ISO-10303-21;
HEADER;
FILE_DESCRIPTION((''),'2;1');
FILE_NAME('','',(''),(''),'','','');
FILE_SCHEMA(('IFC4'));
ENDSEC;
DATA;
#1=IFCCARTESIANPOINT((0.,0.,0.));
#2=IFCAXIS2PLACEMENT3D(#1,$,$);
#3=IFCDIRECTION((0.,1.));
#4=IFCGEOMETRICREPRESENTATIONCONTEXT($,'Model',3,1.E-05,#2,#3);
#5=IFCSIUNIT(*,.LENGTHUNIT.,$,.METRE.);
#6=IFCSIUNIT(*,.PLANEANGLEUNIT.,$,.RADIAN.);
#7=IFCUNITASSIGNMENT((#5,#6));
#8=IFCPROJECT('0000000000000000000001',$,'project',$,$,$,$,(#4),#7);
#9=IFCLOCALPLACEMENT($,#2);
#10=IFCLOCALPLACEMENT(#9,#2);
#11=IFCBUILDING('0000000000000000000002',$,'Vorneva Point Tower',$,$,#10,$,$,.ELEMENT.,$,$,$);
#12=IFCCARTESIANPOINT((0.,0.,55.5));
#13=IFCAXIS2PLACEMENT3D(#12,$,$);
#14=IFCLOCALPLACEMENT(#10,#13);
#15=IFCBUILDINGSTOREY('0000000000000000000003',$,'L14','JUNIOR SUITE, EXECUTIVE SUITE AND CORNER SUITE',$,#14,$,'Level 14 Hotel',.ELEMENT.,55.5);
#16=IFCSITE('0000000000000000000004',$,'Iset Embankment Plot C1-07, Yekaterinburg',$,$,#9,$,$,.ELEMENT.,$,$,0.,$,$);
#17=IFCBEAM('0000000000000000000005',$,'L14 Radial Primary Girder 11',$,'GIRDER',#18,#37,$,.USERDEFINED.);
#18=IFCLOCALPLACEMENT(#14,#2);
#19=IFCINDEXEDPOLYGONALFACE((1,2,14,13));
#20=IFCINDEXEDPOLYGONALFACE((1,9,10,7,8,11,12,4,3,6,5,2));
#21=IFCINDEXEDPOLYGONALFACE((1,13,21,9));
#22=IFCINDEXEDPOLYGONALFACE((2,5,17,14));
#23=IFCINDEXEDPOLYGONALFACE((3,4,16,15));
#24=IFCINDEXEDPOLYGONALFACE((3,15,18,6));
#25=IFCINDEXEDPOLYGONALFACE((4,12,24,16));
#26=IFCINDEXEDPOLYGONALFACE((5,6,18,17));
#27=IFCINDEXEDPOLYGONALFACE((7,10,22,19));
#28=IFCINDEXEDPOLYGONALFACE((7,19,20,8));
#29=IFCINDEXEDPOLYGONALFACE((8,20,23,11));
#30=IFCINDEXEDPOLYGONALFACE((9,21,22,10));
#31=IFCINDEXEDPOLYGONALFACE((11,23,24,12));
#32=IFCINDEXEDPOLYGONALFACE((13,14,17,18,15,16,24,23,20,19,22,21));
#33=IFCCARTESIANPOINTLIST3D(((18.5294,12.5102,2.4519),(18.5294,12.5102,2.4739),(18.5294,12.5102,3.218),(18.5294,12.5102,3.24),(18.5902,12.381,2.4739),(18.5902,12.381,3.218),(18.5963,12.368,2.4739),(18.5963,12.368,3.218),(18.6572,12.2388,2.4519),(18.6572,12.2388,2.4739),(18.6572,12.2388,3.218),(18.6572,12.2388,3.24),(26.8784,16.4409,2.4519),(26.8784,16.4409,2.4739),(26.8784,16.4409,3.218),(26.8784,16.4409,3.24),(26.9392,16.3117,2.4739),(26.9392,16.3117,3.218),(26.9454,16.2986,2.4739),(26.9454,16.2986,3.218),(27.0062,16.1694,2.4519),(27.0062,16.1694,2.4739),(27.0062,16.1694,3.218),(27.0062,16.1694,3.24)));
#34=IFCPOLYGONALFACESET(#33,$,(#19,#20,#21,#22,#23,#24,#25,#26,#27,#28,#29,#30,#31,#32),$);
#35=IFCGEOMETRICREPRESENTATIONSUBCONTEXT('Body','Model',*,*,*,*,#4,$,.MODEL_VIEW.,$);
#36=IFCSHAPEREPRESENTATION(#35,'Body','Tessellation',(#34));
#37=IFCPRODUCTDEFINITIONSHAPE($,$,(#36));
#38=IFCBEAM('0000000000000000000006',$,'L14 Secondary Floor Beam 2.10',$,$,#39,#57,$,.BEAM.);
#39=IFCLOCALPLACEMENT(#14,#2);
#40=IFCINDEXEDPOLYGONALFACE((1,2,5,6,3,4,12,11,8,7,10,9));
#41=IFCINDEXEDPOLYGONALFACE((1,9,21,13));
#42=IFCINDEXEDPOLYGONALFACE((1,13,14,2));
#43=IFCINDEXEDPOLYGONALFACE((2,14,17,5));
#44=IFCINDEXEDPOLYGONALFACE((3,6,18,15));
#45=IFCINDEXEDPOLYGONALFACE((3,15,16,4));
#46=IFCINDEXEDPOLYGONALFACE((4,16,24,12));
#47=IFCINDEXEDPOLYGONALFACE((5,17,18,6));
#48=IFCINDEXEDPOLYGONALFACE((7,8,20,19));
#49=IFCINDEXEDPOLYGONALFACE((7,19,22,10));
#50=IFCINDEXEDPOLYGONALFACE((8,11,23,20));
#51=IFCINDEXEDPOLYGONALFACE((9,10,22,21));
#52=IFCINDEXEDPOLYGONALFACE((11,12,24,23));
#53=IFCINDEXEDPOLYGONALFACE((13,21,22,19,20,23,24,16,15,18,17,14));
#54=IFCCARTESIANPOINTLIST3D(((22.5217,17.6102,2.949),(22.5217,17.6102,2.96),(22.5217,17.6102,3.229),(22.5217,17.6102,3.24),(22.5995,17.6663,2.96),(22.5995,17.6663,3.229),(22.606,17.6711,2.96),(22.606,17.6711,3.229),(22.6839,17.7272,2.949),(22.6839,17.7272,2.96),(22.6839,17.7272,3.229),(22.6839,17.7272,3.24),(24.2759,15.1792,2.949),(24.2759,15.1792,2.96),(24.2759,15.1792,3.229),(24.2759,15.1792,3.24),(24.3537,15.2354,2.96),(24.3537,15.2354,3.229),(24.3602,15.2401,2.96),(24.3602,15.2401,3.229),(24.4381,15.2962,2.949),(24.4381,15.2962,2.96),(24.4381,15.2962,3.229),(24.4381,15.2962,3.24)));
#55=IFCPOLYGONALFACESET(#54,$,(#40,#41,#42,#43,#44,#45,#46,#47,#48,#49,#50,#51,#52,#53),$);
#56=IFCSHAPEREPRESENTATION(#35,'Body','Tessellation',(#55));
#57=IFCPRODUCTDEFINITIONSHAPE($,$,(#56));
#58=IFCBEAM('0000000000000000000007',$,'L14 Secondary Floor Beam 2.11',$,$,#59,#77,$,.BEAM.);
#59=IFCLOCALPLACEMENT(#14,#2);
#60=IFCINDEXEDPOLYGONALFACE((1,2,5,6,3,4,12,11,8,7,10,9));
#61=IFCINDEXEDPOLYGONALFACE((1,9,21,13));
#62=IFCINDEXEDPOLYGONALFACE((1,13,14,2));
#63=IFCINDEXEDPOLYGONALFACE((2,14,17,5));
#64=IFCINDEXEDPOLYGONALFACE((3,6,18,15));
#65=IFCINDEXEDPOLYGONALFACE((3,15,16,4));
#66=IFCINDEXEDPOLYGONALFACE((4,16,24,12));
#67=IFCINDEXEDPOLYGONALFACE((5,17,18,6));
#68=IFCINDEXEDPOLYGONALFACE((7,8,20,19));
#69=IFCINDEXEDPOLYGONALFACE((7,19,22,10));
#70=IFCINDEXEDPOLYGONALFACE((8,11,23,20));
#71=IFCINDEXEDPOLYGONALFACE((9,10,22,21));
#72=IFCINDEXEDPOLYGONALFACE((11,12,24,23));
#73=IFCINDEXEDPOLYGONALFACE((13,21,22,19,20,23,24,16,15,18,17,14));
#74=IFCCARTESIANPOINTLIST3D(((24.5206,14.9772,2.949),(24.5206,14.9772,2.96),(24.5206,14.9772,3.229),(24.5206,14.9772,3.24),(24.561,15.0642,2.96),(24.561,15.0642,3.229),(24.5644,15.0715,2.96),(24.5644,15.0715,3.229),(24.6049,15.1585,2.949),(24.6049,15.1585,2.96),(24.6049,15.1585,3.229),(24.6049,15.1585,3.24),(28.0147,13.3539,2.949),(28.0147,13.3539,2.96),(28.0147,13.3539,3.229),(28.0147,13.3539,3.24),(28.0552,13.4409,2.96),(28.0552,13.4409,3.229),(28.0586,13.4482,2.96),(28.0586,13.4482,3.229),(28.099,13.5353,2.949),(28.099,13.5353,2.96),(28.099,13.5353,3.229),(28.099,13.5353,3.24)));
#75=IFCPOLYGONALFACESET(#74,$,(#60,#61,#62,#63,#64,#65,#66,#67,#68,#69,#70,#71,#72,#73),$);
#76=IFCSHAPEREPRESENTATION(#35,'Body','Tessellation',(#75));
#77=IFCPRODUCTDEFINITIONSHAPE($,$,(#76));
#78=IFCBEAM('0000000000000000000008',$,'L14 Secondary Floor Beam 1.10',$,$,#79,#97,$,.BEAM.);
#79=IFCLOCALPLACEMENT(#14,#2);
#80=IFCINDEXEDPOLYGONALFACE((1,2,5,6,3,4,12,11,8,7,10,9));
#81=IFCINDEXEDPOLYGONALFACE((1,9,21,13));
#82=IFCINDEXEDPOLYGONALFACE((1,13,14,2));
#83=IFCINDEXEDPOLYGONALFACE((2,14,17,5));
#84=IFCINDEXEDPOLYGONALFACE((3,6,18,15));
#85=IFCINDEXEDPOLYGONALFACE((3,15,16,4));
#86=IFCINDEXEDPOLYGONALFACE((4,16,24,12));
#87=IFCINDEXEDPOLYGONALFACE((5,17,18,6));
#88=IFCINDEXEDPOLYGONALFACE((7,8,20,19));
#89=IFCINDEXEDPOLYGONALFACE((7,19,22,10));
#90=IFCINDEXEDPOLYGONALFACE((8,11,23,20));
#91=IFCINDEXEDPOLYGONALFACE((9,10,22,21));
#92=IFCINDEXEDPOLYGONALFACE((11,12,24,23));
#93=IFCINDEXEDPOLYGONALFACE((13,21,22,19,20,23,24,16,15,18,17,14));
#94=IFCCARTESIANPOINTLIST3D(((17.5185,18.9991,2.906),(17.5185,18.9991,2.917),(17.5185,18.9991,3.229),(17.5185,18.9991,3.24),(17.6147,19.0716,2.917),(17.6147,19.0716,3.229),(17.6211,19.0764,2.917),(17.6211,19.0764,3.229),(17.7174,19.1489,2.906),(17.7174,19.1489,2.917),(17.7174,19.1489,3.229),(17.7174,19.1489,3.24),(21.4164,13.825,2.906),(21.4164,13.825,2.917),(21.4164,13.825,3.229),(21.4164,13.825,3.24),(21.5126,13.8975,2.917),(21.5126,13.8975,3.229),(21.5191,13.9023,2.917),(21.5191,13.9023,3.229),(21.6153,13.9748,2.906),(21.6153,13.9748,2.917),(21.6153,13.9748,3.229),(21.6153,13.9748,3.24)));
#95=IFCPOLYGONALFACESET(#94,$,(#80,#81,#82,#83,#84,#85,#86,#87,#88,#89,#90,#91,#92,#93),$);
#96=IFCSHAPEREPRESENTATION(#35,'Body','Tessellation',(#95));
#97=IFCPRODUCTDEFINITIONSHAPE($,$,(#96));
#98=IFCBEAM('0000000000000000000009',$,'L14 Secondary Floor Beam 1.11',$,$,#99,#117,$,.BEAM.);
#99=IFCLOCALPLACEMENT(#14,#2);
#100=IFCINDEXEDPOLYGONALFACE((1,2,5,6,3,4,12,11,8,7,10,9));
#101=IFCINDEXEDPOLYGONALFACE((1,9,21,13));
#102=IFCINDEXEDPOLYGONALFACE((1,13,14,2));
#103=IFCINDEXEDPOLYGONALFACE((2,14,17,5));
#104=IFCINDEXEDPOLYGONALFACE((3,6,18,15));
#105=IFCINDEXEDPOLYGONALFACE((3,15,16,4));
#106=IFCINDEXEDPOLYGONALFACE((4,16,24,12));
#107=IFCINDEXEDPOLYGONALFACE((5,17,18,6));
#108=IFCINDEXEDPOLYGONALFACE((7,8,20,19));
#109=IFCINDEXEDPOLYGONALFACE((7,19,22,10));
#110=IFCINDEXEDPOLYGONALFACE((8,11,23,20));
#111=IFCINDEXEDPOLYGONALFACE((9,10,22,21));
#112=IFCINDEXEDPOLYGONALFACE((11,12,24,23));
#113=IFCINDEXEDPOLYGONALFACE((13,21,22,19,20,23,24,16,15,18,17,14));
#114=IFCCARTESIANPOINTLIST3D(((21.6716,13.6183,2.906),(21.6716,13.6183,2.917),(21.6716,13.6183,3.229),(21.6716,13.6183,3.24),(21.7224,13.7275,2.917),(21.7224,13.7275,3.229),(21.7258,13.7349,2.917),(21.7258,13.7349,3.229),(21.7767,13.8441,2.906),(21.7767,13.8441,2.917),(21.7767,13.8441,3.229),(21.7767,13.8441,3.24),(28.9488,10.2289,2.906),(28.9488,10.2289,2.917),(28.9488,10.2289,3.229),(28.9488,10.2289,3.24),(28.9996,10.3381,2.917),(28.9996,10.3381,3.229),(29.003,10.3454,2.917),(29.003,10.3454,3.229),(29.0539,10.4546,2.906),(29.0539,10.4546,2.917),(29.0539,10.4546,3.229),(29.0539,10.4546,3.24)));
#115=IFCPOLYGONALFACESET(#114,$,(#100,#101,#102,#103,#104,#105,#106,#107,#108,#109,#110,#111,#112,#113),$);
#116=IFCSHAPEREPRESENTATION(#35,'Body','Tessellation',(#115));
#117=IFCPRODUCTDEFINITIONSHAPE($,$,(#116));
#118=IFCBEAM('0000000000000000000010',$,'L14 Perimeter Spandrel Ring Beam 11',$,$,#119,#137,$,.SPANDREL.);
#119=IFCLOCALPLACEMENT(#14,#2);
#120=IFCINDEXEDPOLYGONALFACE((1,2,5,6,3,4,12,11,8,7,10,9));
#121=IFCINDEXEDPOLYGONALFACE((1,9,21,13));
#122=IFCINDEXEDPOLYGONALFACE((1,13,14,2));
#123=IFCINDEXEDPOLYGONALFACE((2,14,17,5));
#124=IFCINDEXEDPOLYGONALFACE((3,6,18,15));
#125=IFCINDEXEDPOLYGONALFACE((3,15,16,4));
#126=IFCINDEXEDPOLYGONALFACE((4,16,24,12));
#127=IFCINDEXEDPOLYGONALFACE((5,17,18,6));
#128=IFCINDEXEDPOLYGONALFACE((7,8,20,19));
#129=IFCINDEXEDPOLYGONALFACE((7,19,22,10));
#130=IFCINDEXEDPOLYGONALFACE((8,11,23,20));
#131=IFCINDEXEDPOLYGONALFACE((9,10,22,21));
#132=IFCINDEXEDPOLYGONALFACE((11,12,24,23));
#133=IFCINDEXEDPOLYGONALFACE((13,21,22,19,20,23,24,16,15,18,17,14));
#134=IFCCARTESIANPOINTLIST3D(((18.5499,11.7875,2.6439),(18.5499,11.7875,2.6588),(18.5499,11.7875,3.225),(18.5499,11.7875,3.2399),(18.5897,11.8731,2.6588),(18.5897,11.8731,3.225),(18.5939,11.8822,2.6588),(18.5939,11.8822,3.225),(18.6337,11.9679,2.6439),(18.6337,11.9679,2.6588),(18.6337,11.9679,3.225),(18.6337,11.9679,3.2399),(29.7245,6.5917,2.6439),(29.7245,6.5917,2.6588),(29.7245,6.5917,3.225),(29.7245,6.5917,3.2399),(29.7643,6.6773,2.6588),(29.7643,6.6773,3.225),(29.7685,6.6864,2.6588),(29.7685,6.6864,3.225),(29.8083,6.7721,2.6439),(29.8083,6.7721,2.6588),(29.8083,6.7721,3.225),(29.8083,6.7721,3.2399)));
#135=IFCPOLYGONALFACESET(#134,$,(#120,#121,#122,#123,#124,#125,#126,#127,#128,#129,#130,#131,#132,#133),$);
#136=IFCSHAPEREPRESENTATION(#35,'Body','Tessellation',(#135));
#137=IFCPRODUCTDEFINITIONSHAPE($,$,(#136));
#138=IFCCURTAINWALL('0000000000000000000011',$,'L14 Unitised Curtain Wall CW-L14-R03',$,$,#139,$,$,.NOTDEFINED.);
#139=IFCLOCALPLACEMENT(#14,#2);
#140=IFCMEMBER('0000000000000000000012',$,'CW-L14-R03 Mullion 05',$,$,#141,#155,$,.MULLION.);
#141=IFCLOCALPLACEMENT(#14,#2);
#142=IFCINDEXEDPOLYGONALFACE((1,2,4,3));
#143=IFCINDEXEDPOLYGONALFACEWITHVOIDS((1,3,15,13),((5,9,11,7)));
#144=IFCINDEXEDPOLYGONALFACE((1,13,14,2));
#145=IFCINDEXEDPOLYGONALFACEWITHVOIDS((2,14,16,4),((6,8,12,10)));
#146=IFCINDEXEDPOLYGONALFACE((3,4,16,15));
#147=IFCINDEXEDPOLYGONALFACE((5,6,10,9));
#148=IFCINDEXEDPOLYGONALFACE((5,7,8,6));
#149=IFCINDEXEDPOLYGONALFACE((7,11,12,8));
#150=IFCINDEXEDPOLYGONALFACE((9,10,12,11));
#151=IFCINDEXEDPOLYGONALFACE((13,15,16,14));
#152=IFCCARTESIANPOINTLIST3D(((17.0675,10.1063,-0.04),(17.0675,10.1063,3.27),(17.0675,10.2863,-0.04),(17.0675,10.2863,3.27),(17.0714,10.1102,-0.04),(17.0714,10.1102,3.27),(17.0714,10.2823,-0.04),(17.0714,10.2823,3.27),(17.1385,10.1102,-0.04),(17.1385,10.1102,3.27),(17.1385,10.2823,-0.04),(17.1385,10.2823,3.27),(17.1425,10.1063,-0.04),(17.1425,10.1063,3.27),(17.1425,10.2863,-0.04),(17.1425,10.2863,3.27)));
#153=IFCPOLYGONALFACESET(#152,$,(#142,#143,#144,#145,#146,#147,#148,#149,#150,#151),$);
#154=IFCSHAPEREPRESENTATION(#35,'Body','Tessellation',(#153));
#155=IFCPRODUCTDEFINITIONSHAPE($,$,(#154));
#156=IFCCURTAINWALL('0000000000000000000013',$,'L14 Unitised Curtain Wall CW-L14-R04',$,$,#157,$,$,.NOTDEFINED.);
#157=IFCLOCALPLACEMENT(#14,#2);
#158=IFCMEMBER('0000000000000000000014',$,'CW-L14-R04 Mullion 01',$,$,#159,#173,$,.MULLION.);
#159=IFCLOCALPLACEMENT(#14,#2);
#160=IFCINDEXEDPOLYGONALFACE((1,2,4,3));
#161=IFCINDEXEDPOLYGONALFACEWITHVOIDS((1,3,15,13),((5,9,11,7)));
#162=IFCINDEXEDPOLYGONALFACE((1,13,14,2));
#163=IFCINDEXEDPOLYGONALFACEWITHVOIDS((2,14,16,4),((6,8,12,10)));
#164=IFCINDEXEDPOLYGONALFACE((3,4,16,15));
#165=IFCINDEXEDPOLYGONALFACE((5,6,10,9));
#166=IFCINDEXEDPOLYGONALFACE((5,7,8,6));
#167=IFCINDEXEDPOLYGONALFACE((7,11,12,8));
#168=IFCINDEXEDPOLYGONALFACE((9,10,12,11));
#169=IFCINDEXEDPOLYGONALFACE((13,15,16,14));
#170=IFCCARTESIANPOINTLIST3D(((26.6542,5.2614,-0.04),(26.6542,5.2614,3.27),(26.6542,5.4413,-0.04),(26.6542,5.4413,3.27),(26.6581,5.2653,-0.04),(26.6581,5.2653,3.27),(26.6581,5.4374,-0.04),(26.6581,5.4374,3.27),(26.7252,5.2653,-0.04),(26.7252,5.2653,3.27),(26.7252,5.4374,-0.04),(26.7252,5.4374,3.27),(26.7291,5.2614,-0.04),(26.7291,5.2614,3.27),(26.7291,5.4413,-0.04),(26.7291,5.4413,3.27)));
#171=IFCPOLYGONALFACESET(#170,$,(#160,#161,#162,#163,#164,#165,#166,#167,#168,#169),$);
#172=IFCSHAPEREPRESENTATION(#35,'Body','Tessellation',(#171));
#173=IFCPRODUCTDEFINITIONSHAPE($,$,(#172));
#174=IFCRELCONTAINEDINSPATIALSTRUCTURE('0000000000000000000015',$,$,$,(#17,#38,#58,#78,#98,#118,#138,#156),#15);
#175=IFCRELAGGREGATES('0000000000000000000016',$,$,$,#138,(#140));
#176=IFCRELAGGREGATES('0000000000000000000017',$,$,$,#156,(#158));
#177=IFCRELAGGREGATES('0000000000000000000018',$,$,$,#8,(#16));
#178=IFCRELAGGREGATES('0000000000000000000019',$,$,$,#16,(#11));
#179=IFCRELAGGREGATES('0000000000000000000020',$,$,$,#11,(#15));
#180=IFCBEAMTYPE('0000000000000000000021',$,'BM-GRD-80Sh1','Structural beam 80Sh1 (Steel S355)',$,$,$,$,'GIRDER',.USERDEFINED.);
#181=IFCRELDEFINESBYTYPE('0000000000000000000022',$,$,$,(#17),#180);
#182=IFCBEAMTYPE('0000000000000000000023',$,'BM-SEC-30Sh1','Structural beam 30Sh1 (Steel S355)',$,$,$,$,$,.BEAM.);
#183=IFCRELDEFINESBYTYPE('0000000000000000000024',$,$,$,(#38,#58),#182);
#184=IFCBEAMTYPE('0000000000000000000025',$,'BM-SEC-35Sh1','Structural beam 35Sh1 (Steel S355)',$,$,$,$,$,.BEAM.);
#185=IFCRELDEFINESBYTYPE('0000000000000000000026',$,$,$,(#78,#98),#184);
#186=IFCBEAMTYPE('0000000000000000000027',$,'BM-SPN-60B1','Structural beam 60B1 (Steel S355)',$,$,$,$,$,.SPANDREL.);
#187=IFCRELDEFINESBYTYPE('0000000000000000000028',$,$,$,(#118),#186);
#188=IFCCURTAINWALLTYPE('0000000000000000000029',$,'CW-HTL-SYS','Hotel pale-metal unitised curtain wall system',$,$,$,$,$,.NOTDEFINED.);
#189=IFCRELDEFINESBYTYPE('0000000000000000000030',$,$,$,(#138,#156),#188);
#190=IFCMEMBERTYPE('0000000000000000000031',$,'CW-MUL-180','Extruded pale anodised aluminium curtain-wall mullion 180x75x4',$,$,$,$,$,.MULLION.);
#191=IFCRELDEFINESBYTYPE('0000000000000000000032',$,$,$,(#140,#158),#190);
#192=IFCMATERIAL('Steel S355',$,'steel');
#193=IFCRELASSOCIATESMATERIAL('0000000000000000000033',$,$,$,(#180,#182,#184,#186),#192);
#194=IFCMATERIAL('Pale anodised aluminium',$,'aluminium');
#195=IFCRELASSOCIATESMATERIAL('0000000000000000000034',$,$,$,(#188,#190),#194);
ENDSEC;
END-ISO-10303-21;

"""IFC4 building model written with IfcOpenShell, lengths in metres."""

from ifc_helpers import new_model, si_unit, direction, frame, origin, origin_2d, place, context, subcontext, project, spatial, hollow_rectangle, i_section, extrude, material, material_profile, profile_set, type_object, element, aggregate, save


model = new_model("IFC4")

# Units and contexts
model_context = context("Model", 3, precision=1e-05, world=origin(), true_north=direction((0.0, 1.0)))
body_context = subcontext(model_context, "Body", "Model", "MODEL_VIEW")
ifc_project = project(units=[si_unit("LENGTHUNIT", "METRE"), si_unit("PLANEANGLEUNIT", "RADIAN")], contexts=[model_context])

# Site, building, storey
site_placement = place(None, origin())
site = spatial("IfcSite", under=ifc_project, at=site_placement, Name="Iset Embankment Plot C1-07, Yekaterinburg", CompositionType="ELEMENT", RefElevation=0.0)
building_placement = place(site_placement, origin())
building = spatial("IfcBuilding", under=site, at=building_placement, Name="Vorneva Point Tower", CompositionType="ELEMENT")
storey_placement = place(building_placement, frame((0.0, 0.0, 55.5)))
storey = spatial("IfcBuildingStorey", under=building, at=storey_placement, Name="L14", Description="JUNIOR SUITE, EXECUTIVE SUITE AND CORNER SUITE", LongName="Level 14 Hotel", CompositionType="ELEMENT", Elevation=55.5)

# Beams
ifc_material_1 = material(Name="Steel S355", Category="steel")
ifc_material_profile_1 = material_profile(ifc_material_1, i_section(OverallWidth=0.3, OverallDepth=0.7881, WebThickness=0.0144, FlangeThickness=0.022, at=origin_2d()), Name="80Sh1")
ifc_profile_set_1 = profile_set([ifc_material_profile_1], Name="Steel S355")
beam_type_1 = type_object("IfcBeamType", Name="BM-GRD-80Sh1", Description="Structural beam 80Sh1 (Steel S355)", ElementType="GIRDER", PredefinedType="USERDEFINED", material=ifc_profile_set_1)
beam_1_placement = place(storey_placement, frame((18.5933, 12.3745, 2.8459), z_axis=(0.904749, 0.425945, 0.0), x_axis=(-0.425945, 0.904749, 0.0)))
element("IfcBeam", 1, at=beam_1_placement, inside=storey, type_object=beam_type_1, Name="L14 Radial Primary Girder 11", ObjectType="GIRDER", PredefinedType="USERDEFINED", context=body_context, shape_type="SweptSolid", body=[
    extrude(i_section(OverallWidth=0.3, OverallDepth=0.7881, WebThickness=0.0144, FlangeThickness=0.022, at=origin_2d()), origin(), (0.0, 0.0, 1.0), 9.228),
])
ifc_material_profile_2 = material_profile(ifc_material_1, i_section(OverallWidth=0.2, OverallDepth=0.291, WebThickness=0.0081, FlangeThickness=0.011, at=origin_2d()), Name="30Sh1")
ifc_profile_set_2 = profile_set([ifc_material_profile_2], Name="Steel S355")
beam_type_2 = type_object("IfcBeamType", Name="BM-SEC-30Sh1", Description="Structural beam 30Sh1 (Steel S355)", PredefinedType="BEAM", material=ifc_profile_set_2)
beam_2_placement = place(storey_placement, frame((22.6028, 17.6687, 3.0945), z_axis=(0.58516, -0.810918, 0.0), x_axis=(0.810918, 0.58516, 0.0)))
element("IfcBeam", 2, at=beam_2_placement, inside=storey, type_object=beam_type_2, Name="L14 Secondary Floor Beam 2.10", PredefinedType="BEAM", context=body_context, shape_type="SweptSolid", body=[
    extrude(i_section(OverallWidth=0.2, OverallDepth=0.291, WebThickness=0.0081, FlangeThickness=0.011, at=origin_2d()), origin(), (0.0, 0.0, 1.0), 2.9978),
])
beam_3_placement = place(storey_placement, frame((24.5627, 15.0679, 3.0945), z_axis=(0.906909, -0.421327, 0.0), x_axis=(0.421327, 0.906909, 0.0)))
element("IfcBeam", 3, at=beam_3_placement, inside=storey, type_object=beam_type_2, Name="L14 Secondary Floor Beam 2.11", PredefinedType="BEAM", context=body_context, shape_type="SweptSolid", body=[
    extrude(i_section(OverallWidth=0.2, OverallDepth=0.291, WebThickness=0.0081, FlangeThickness=0.011, at=origin_2d()), origin(), (0.0, 0.0, 1.0), 3.8528),
])
ifc_material_profile_3 = material_profile(ifc_material_1, i_section(OverallWidth=0.249, OverallDepth=0.334, WebThickness=0.0081, FlangeThickness=0.011, at=origin_2d()), Name="35Sh1")
ifc_profile_set_3 = profile_set([ifc_material_profile_3], Name="Steel S355")
beam_type_3 = type_object("IfcBeamType", Name="BM-SEC-35Sh1", Description="Structural beam 35Sh1 (Steel S355)", PredefinedType="BEAM", material=ifc_profile_set_3)
beam_4_placement = place(storey_placement, frame((17.6179, 19.074, 3.073), z_axis=(0.601717, -0.798709, 0.0), x_axis=(0.798709, 0.601717, 0.0)))
element("IfcBeam", 4, at=beam_4_placement, inside=storey, type_object=beam_type_3, Name="L14 Secondary Floor Beam 1.10", PredefinedType="BEAM", context=body_context, shape_type="SweptSolid", body=[
    extrude(i_section(OverallWidth=0.249, OverallDepth=0.334, WebThickness=0.0081, FlangeThickness=0.011, at=origin_2d()), origin(), (0.0, 0.0, 1.0), 6.478),
])
beam_5_placement = place(storey_placement, frame((21.7241, 13.7312, 3.073), z_axis=(0.906497, -0.422213, 0.0), x_axis=(0.422213, 0.906497, 0.0)))
element("IfcBeam", 5, at=beam_5_placement, inside=storey, type_object=beam_type_3, Name="L14 Secondary Floor Beam 1.11", PredefinedType="BEAM", context=body_context, shape_type="SweptSolid", body=[
    extrude(i_section(OverallWidth=0.249, OverallDepth=0.334, WebThickness=0.0081, FlangeThickness=0.011, at=origin_2d()), origin(), (0.0, 0.0, 1.0), 8.0278),
])
ifc_material_profile_4 = material_profile(ifc_material_1, i_section(OverallWidth=0.199, OverallDepth=0.5959, WebThickness=0.01, FlangeThickness=0.0149, at=origin_2d()), Name="60B1")
ifc_profile_set_4 = profile_set([ifc_material_profile_4], Name="Steel S355")
beam_type_4 = type_object("IfcBeamType", Name="BM-SPN-60B1", Description="Structural beam 60B1 (Steel S355)", PredefinedType="SPANDREL", material=ifc_profile_set_4)
beam_6_placement = place(storey_placement, frame((18.5918, 11.8777, 2.9419), z_axis=(0.906773, -0.421619, 0.0), x_axis=(0.421619, 0.906773, 0.0)))
element("IfcBeam", 6, at=beam_6_placement, inside=storey, type_object=beam_type_4, Name="L14 Perimeter Spandrel Ring Beam 11", PredefinedType="SPANDREL", context=body_context, shape_type="SweptSolid", body=[
    extrude(i_section(OverallWidth=0.199, OverallDepth=0.5959, WebThickness=0.01, FlangeThickness=0.0149, at=origin_2d()), origin(), (0.0, 0.0, 1.0), 12.3235),
])

# Curtain wall, member
ifc_material_2 = material(Name="Pale anodised aluminium", Category="aluminium")
curtain_wall_type = type_object("IfcCurtainWallType", Name="CW-HTL-SYS", Description="Hotel pale-metal unitised curtain wall system", PredefinedType="NOTDEFINED", material=ifc_material_2)
curtain_wall_1_placement = place(storey_placement, origin())
curtain_wall_1 = element("IfcCurtainWall", 7, at=curtain_wall_1_placement, inside=storey, type_object=curtain_wall_type, Name="L14 Unitised Curtain Wall CW-L14-R03", PredefinedType="NOTDEFINED")
ifc_material_profile_5 = material_profile(ifc_material_2, hollow_rectangle(XDim=0.075, YDim=0.1799, WallThickness=0.0039, at=origin_2d()), Name="AL-MUL 180x75x4")
ifc_profile_set_5 = profile_set([ifc_material_profile_5], Name="Pale anodised aluminium")
member_type_1 = type_object("IfcMemberType", Name="CW-MUL-180", Description="Extruded pale anodised aluminium curtain-wall mullion 180x75x4", PredefinedType="MULLION", material=ifc_profile_set_5)
member_1_placement = place(storey_placement, frame((17.105, 10.1963, -0.04), z_axis=(0.0, 0.0, 1.0), x_axis=(1.0, 0.0, 0.0)))
member_1 = element("IfcMember", 8, at=member_1_placement, type_object=member_type_1, Name="CW-L14-R03 Mullion 05", PredefinedType="MULLION", context=body_context, shape_type="SweptSolid", body=[
    extrude(hollow_rectangle(XDim=0.075, YDim=0.1799, WallThickness=0.0039, at=origin_2d()), origin(), (0.0, 0.0, 1.0), 3.3101),
])
aggregate(curtain_wall_1, [member_1])

# Curtain wall, member
curtain_wall_2_placement = place(storey_placement, origin())
curtain_wall_2 = element("IfcCurtainWall", 9, at=curtain_wall_2_placement, inside=storey, type_object=curtain_wall_type, Name="L14 Unitised Curtain Wall CW-L14-R04", PredefinedType="NOTDEFINED")
member_2_placement = place(storey_placement, frame((26.6917, 5.3513, -0.04), z_axis=(0.0, 0.0, 1.0), x_axis=(1.0, 0.0, 0.0)))
member_2 = element("IfcMember", 10, at=member_2_placement, type_object=member_type_1, Name="CW-L14-R04 Mullion 01", PredefinedType="MULLION", context=body_context, shape_type="SweptSolid", body=[
    extrude(hollow_rectangle(XDim=0.075, YDim=0.1799, WallThickness=0.0039, at=origin_2d()), origin(), (0.0, 0.0, 1.0), 3.3101),
])
aggregate(curtain_wall_2, [member_2])

save(model, "model.ifc")
